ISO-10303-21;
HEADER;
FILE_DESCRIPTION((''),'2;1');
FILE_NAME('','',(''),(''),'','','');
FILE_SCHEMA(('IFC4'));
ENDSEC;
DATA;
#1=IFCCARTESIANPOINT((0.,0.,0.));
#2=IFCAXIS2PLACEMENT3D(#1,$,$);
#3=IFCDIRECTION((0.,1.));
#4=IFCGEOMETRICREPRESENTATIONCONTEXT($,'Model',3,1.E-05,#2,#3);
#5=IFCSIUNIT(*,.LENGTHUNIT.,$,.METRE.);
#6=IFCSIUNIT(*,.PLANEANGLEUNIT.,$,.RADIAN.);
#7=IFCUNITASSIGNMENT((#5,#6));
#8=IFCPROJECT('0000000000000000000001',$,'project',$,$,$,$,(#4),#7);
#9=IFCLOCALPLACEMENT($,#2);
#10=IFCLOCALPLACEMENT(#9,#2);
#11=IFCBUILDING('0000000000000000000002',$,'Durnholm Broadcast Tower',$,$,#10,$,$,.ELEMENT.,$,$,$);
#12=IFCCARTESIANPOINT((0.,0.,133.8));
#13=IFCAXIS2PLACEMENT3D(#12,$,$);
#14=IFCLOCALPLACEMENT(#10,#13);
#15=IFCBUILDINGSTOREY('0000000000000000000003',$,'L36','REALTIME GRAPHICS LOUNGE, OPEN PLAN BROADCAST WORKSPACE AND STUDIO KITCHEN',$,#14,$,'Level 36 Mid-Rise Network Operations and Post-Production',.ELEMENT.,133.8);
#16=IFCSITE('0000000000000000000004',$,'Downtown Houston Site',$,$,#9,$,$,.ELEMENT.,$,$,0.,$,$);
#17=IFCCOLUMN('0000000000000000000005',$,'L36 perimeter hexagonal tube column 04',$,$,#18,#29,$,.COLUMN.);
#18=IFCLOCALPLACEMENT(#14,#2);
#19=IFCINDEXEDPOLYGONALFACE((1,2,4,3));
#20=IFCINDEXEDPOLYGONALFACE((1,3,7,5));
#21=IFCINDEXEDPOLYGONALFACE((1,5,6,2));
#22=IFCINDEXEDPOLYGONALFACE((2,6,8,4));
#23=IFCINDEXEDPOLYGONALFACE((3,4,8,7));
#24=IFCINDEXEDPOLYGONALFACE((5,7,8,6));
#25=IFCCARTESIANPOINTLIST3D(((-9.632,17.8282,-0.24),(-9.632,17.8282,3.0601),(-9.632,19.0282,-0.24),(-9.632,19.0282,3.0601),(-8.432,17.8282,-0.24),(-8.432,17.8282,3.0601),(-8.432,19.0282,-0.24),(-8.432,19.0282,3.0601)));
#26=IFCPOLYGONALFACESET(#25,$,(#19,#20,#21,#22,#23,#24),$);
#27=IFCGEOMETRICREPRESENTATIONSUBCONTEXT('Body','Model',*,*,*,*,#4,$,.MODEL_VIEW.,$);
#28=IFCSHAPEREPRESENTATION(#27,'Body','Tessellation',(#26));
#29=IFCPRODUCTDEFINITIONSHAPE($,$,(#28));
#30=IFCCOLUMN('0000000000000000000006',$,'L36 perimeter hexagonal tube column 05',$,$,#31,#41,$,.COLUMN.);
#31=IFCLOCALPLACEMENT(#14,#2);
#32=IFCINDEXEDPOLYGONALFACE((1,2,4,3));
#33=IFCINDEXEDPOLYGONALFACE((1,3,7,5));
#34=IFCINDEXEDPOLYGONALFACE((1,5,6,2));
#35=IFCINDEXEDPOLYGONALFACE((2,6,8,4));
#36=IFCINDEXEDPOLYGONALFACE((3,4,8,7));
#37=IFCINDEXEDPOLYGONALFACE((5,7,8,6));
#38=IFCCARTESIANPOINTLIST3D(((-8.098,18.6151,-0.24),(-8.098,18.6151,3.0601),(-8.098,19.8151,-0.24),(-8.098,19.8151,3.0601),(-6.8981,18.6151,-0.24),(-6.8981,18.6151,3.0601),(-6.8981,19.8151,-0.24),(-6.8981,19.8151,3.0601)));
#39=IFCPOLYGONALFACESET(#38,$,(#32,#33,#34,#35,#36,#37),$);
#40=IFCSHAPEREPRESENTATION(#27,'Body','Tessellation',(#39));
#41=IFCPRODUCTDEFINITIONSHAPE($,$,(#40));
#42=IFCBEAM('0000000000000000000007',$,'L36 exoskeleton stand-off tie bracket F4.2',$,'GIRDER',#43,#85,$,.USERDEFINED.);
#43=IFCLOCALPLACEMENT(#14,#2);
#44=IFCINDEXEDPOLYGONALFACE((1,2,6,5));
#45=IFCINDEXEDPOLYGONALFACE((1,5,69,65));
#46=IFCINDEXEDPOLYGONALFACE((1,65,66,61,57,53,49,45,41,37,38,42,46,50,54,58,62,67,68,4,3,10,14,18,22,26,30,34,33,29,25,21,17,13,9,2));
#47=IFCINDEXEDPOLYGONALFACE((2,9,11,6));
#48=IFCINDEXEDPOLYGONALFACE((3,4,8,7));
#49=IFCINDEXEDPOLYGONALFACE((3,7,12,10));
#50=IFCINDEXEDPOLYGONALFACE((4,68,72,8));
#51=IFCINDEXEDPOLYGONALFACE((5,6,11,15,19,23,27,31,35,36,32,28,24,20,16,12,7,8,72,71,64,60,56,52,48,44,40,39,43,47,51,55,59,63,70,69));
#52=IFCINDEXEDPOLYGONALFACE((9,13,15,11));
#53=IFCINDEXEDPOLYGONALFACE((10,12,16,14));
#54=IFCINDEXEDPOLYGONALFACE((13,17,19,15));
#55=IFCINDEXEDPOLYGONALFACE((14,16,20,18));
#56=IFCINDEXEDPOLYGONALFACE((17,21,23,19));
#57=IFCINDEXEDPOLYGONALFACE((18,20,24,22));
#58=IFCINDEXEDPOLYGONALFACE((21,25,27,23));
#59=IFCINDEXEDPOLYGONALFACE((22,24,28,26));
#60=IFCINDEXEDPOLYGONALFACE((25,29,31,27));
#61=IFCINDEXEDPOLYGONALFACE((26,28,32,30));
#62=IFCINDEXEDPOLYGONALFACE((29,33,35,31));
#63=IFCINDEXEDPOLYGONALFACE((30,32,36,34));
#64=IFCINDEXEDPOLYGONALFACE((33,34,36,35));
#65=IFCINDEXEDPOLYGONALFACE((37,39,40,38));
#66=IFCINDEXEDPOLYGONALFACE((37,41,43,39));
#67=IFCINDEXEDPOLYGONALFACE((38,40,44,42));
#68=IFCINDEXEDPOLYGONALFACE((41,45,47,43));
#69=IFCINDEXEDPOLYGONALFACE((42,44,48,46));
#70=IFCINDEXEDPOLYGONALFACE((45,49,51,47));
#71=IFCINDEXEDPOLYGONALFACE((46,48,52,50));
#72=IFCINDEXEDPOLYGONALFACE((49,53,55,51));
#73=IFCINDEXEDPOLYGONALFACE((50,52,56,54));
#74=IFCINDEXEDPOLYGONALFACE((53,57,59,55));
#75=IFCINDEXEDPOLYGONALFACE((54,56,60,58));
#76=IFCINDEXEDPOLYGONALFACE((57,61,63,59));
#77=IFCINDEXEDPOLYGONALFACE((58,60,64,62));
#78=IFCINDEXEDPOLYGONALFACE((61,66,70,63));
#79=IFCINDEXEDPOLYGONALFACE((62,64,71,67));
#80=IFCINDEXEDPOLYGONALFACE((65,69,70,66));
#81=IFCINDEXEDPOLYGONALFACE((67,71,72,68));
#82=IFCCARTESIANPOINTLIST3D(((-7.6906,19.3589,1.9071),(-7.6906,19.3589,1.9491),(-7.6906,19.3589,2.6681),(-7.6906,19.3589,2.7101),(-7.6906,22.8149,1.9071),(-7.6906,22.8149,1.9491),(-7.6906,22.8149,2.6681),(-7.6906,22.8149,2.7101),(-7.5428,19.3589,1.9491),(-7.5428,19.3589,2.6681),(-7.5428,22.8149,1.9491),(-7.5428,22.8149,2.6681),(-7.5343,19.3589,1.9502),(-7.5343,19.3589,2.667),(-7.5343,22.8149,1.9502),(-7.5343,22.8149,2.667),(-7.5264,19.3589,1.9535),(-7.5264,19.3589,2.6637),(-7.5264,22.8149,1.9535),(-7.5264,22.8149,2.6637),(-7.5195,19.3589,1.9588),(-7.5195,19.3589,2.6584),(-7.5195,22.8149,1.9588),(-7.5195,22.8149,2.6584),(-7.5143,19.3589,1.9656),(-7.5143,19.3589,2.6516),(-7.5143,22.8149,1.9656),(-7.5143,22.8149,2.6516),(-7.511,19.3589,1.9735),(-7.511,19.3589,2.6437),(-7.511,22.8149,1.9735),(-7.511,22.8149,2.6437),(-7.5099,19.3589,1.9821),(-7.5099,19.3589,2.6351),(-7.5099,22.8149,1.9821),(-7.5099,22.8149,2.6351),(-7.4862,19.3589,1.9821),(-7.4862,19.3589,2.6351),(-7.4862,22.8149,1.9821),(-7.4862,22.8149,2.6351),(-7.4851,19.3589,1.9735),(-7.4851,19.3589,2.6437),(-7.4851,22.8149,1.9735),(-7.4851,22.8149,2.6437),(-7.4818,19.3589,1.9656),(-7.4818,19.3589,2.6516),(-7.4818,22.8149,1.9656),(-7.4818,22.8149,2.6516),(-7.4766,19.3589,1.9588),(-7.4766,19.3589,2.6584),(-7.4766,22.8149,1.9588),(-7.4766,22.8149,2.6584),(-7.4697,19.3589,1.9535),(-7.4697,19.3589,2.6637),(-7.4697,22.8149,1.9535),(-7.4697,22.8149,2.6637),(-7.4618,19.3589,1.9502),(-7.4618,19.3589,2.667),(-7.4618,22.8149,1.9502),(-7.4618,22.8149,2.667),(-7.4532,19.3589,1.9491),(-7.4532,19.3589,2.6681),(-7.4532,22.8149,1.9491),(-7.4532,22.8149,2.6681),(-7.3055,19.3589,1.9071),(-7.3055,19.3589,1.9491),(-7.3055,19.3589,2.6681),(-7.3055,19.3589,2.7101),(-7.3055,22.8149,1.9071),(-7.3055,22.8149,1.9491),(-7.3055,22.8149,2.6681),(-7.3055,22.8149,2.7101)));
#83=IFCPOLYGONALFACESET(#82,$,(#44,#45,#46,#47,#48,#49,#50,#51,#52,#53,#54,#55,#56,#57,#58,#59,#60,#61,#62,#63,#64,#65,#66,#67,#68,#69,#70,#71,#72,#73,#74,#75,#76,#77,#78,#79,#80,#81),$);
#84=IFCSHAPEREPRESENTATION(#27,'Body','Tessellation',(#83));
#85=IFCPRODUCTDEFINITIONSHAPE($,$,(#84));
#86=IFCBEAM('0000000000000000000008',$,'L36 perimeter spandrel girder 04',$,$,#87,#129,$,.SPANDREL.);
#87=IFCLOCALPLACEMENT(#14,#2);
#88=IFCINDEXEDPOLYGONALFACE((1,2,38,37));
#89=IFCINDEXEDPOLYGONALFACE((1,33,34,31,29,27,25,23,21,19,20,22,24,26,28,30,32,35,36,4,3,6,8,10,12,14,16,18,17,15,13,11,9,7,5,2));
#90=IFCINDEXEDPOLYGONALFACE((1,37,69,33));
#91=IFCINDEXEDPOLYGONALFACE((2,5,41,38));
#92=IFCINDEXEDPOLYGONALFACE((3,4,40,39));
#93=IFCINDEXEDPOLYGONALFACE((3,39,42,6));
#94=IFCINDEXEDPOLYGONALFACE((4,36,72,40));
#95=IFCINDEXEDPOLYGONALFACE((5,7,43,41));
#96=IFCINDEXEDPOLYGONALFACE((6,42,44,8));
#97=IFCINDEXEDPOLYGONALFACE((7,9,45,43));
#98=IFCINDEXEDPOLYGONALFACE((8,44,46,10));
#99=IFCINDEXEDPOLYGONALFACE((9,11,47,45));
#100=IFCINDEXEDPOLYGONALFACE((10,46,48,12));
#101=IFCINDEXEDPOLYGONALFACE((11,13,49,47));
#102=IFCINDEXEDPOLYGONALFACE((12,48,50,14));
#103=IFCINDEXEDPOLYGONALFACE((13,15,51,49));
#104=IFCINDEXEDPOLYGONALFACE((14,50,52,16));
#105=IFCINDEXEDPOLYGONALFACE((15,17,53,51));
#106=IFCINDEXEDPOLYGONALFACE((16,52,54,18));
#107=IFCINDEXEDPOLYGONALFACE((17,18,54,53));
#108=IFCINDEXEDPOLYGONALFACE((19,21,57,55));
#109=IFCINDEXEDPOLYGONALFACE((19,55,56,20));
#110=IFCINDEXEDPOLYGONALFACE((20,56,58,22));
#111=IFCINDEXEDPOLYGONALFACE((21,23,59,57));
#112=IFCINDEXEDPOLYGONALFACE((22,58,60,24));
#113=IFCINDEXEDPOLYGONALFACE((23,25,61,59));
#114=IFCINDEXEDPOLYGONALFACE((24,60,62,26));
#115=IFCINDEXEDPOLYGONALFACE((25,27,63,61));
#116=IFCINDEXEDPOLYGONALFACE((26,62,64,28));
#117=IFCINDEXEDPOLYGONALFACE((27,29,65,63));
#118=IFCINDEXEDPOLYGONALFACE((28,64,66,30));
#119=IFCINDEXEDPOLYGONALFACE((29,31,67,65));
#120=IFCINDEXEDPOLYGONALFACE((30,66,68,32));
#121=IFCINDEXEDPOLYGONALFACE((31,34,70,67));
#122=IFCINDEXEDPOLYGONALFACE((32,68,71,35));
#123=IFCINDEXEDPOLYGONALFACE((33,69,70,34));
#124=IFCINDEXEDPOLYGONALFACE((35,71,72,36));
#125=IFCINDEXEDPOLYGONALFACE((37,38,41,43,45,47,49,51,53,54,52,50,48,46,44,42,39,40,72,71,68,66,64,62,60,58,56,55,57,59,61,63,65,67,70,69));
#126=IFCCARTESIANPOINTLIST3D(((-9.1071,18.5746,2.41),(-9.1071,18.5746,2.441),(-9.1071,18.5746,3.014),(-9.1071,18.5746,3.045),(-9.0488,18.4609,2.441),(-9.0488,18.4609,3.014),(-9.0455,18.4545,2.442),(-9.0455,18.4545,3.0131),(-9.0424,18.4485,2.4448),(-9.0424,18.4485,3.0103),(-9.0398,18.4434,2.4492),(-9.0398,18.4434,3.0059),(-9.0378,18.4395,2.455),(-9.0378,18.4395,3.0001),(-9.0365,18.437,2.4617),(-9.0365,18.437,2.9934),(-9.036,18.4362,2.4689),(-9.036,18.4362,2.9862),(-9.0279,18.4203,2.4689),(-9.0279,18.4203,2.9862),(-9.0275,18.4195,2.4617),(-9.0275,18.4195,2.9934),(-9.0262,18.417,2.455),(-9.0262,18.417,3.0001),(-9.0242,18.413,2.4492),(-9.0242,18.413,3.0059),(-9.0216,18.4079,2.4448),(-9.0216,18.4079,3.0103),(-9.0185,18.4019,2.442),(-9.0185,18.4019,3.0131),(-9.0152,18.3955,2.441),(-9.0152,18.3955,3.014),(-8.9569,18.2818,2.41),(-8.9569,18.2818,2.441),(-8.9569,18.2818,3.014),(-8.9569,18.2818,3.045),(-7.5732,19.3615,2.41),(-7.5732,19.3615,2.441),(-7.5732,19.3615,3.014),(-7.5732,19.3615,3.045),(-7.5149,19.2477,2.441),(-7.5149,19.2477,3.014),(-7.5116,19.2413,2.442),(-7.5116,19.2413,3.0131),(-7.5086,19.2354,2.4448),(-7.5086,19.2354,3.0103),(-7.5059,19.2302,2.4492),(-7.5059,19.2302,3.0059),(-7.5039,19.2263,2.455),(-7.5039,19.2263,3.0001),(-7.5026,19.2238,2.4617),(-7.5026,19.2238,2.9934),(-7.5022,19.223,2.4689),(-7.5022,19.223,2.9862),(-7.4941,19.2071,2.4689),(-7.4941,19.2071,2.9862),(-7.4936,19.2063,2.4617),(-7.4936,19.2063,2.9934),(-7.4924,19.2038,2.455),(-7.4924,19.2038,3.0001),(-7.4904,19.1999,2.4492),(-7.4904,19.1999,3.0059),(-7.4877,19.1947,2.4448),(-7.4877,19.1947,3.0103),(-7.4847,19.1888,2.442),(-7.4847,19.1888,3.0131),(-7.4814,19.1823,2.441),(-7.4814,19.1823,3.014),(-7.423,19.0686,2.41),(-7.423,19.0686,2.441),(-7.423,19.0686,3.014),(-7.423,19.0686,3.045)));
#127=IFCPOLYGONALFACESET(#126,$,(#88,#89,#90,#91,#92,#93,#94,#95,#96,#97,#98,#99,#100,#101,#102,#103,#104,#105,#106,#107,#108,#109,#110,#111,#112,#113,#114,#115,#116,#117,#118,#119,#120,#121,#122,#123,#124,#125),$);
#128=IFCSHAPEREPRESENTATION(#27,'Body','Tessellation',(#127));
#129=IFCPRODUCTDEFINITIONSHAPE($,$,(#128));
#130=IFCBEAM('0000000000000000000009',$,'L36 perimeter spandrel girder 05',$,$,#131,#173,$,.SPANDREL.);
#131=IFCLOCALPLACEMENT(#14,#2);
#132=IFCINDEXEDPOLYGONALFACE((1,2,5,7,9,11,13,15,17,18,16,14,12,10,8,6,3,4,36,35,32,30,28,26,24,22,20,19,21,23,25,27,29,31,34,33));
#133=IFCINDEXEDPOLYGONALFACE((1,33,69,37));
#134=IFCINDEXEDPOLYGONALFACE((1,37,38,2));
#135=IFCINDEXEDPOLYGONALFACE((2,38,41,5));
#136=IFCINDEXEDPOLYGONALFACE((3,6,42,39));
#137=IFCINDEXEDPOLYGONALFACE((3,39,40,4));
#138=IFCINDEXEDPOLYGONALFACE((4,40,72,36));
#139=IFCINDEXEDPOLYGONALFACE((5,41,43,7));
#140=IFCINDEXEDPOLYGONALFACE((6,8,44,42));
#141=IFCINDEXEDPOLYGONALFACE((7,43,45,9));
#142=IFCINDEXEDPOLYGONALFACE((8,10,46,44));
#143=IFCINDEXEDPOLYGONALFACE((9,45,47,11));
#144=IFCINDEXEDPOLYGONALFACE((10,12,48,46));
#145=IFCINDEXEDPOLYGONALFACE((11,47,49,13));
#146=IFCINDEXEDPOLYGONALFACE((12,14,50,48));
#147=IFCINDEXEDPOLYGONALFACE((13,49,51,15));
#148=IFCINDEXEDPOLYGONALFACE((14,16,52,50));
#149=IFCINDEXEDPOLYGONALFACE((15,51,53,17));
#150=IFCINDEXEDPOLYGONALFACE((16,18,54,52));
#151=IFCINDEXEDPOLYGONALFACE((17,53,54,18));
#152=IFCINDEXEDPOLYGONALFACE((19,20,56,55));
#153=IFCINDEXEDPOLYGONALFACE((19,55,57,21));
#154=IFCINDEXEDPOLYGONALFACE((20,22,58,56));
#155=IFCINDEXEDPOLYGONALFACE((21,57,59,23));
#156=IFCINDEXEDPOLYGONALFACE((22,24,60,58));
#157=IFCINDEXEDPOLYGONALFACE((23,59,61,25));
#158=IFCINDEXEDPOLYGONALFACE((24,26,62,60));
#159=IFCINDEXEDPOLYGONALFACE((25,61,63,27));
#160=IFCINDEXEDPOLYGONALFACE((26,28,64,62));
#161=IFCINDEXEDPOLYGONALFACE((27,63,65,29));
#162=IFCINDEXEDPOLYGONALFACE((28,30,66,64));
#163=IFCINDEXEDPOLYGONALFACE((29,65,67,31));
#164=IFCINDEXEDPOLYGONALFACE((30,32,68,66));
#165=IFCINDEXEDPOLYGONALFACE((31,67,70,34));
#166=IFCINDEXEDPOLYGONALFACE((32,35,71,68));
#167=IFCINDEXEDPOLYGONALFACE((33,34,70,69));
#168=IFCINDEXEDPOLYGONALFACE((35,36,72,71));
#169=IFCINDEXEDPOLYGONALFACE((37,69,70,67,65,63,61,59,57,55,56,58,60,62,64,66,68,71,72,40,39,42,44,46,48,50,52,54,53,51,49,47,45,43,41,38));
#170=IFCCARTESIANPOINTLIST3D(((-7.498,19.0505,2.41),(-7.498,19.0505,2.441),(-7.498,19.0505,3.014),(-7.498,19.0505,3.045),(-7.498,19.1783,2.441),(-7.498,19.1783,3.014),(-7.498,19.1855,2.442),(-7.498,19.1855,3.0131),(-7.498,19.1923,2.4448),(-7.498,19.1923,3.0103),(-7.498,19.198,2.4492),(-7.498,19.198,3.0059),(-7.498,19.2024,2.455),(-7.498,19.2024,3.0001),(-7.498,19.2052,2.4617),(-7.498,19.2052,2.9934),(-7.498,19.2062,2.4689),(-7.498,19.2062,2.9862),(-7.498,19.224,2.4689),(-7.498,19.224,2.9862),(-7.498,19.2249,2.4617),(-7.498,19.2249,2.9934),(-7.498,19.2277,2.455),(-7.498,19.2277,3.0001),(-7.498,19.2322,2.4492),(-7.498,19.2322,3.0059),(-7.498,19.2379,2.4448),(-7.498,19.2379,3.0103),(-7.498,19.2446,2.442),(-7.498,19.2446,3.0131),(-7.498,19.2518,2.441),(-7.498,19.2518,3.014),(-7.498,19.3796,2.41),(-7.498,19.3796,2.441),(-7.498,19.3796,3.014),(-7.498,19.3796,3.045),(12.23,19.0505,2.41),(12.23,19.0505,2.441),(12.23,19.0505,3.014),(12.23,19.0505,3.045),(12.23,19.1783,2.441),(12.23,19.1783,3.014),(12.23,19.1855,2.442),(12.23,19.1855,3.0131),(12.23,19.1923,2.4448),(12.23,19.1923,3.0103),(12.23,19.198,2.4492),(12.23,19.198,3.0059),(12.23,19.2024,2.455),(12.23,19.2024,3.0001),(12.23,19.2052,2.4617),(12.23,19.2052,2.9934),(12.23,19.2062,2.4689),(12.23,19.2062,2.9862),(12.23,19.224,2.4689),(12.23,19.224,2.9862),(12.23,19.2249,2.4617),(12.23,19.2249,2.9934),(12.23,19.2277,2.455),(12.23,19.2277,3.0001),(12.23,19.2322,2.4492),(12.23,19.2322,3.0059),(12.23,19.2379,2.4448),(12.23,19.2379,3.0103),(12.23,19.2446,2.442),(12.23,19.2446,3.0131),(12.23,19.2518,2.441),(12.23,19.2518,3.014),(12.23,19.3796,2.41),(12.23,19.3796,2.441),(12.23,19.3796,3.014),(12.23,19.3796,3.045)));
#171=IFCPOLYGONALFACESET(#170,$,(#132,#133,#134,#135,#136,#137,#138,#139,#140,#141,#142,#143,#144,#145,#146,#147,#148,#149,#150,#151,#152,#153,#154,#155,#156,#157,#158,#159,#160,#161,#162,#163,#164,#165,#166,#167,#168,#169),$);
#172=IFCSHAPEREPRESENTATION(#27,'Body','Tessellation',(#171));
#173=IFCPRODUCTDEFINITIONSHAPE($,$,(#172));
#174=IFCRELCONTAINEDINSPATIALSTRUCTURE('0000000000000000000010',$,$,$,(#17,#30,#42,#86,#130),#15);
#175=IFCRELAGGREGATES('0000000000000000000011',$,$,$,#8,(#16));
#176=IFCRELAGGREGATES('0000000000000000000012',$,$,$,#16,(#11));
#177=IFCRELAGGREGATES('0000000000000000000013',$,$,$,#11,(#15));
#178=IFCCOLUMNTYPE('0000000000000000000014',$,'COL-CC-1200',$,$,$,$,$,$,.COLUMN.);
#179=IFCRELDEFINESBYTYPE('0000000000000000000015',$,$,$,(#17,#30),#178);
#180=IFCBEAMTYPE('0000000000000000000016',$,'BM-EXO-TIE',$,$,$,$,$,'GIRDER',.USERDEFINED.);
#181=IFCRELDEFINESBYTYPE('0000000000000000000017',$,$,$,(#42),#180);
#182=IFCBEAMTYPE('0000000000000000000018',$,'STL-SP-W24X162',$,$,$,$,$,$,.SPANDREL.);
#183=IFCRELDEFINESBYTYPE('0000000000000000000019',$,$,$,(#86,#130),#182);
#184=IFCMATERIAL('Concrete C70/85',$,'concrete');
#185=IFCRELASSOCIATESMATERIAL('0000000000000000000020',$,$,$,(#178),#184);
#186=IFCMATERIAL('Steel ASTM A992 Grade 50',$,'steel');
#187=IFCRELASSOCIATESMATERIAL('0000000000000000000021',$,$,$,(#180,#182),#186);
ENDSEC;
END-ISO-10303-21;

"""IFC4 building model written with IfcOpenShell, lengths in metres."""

from ifc_helpers import new_model, si_unit, direction, frame, origin, origin_2d, place, context, subcontext, project, spatial, rectangle, i_section, extrude, source, transform, mapped, material, material_profile, profile_set, type_object, type_shapes, element, save


model = new_model("IFC4")

# Units and contexts
model_context = context("Model", 3, precision=1e-05, world=origin(), true_north=direction((0.0, 1.0)))
body_context = subcontext(model_context, "Body", "Model", "MODEL_VIEW")
ifc_project = project(units=[si_unit("LENGTHUNIT", "METRE"), si_unit("PLANEANGLEUNIT", "RADIAN")], contexts=[model_context])

# Site, building, storey
site_placement = place(None, origin())
site = spatial("IfcSite", under=ifc_project, at=site_placement, Name="Downtown Houston Site", CompositionType="ELEMENT", RefElevation=0.0)
building_placement = place(site_placement, origin())
building = spatial("IfcBuilding", under=site, at=building_placement, Name="Durnholm Broadcast Tower", CompositionType="ELEMENT")
storey_placement = place(building_placement, frame((0.0, 0.0, 133.8)))
storey = spatial("IfcBuildingStorey", under=building, at=storey_placement, Name="L36", Description="REALTIME GRAPHICS LOUNGE, OPEN PLAN BROADCAST WORKSPACE AND STUDIO KITCHEN", LongName="Level 36 Mid-Rise Network Operations and Post-Production", CompositionType="ELEMENT", Elevation=133.8)

# Columns
ifc_material_1 = material(Name="Concrete C70/85", Category="concrete")
ifc_material_profile_1 = material_profile(ifc_material_1, rectangle(XDim=1.2, YDim=1.2, at=origin_2d()), Name="RC1200X1200")
ifc_profile_set_1 = profile_set([ifc_material_profile_1], Name="Concrete C70/85")
column_type = type_object("IfcColumnType", Name="COL-CC-1200", PredefinedType="COLUMN", material=ifc_profile_set_1)
shared_shape_1 = source(origin(), body_context, "Body", "SweptSolid", [
    extrude(rectangle(XDim=1.2, YDim=1.2, at=origin_2d()), origin(), (0.0, 0.0, 1.0), 3.3),
])
type_shapes(column_type, [shared_shape_1])
for number, where, z_axis, x_axis, name in (
    (1, (-9.032, 18.4282, -0.24), (0.0, 0.0, 1.0), (1.0, 0.0, 0.0), "L36 perimeter hexagonal tube column 04"),
    (2, (-7.498, 19.2151, -0.24), (0.0, 0.0, 1.0), (1.0, 0.0, 0.0), "L36 perimeter hexagonal tube column 05"),
):
    element("IfcColumn", number, at=place(storey_placement, frame(where, z_axis=z_axis, x_axis=x_axis)), inside=storey, type_object=column_type, Name=name, PredefinedType="COLUMN", context=body_context, shape_type="MappedRepresentation", body=[
        mapped(shared_shape_1, transform((0.0, 0.0, 0.0), x_axis=(1.0, 0.0, 0.0), y_axis=(0.0, 1.0, 0.0), z_axis=(0.0, 0.0, 1.0), scale=1.0)),
    ])

# Beams
ifc_material_2 = material(Name="Steel ASTM A992 Grade 50", Category="steel")
ifc_material_profile_2 = material_profile(ifc_material_2, i_section(OverallWidth=0.385, OverallDepth=0.803, WebThickness=0.0237, FlangeThickness=0.042, FilletRadius=0.033, at=origin_2d()), Name="W30X261")
ifc_profile_set_2 = profile_set([ifc_material_profile_2], Name="Steel ASTM A992 Grade 50")
beam_type_1 = type_object("IfcBeamType", Name="BM-EXO-TIE", ElementType="GIRDER", PredefinedType="USERDEFINED", material=ifc_profile_set_2)
shared_shape_2 = source(origin(), body_context, "Body", "SweptSolid", [
    extrude(i_section(OverallWidth=0.385, OverallDepth=0.803, WebThickness=0.0237, FlangeThickness=0.042, FilletRadius=0.033, at=origin_2d()), origin(), (0.0, 0.0, 1.0), 3.4561),
])
beam_1_placement = place(storey_placement, frame((-7.498, 19.3589, 2.3086), z_axis=(0.0, 1.0, 0.0), x_axis=(-1.0, 0.0, 0.0)))
element("IfcBeam", 3, at=beam_1_placement, inside=storey, type_object=beam_type_1, Name="L36 exoskeleton stand-off tie bracket F4.2", ObjectType="GIRDER", PredefinedType="USERDEFINED", context=body_context, shape_type="MappedRepresentation", body=[
    mapped(shared_shape_2, transform((0.0, 0.0, 0.0), x_axis=(1.0, 0.0, 0.0), y_axis=(0.0, 1.0, 0.0), z_axis=(0.0, 0.0, 1.0), scale=1.0)),
])
ifc_material_profile_3 = material_profile(ifc_material_2, i_section(OverallWidth=0.3291, OverallDepth=0.635, WebThickness=0.0178, FlangeThickness=0.031, FilletRadius=0.0278, at=origin_2d()), Name="W24X162")
ifc_profile_set_3 = profile_set([ifc_material_profile_3], Name="Steel ASTM A992 Grade 50")
beam_type_2 = type_object("IfcBeamType", Name="STL-SP-W24X162", PredefinedType="SPANDREL", material=ifc_profile_set_3)
shared_shape_3 = source(origin(), body_context, "Body", "SweptSolid", [
    extrude(i_section(OverallWidth=0.3291, OverallDepth=0.635, WebThickness=0.0178, FlangeThickness=0.031, FilletRadius=0.0278, at=origin_2d()), origin(), (0.0, 0.0, 1.0), 1.7239),
])
beam_2_placement = place(storey_placement, frame((-9.032, 18.4282, 2.7275), z_axis=(0.889763, 0.456423, 0.0), x_axis=(-0.456423, 0.889763, 0.0)))
element("IfcBeam", 4, at=beam_2_placement, inside=storey, type_object=beam_type_2, Name="L36 perimeter spandrel girder 04", PredefinedType="SPANDREL", context=body_context, shape_type="MappedRepresentation", body=[
    mapped(shared_shape_3, transform((0.0, 0.0, 0.0), x_axis=(1.0, 0.0, 0.0), y_axis=(0.0, 1.0, 0.0), z_axis=(0.0, 0.0, 1.0), scale=1.0)),
])
shared_shape_4 = source(origin(), body_context, "Body", "SweptSolid", [
    extrude(i_section(OverallWidth=0.3291, OverallDepth=0.635, WebThickness=0.0178, FlangeThickness=0.031, FilletRadius=0.0278, at=origin_2d()), origin(), (0.0, 0.0, 1.0), 19.728),
])
type_shapes(beam_type_2, [shared_shape_3, shared_shape_4])
beam_3_placement = place(storey_placement, frame((-7.498, 19.2151, 2.7275), z_axis=(1.0, 0.0, 0.0), x_axis=(0.0, 1.0, 0.0)))
element("IfcBeam", 5, at=beam_3_placement, inside=storey, type_object=beam_type_2, Name="L36 perimeter spandrel girder 05", PredefinedType="SPANDREL", context=body_context, shape_type="MappedRepresentation", body=[
    mapped(shared_shape_4, transform((0.0, 0.0, 0.0), x_axis=(1.0, 0.0, 0.0), y_axis=(0.0, 1.0, 0.0), z_axis=(0.0, 0.0, 1.0), scale=1.0)),
])

save(model, "model.ifc")
